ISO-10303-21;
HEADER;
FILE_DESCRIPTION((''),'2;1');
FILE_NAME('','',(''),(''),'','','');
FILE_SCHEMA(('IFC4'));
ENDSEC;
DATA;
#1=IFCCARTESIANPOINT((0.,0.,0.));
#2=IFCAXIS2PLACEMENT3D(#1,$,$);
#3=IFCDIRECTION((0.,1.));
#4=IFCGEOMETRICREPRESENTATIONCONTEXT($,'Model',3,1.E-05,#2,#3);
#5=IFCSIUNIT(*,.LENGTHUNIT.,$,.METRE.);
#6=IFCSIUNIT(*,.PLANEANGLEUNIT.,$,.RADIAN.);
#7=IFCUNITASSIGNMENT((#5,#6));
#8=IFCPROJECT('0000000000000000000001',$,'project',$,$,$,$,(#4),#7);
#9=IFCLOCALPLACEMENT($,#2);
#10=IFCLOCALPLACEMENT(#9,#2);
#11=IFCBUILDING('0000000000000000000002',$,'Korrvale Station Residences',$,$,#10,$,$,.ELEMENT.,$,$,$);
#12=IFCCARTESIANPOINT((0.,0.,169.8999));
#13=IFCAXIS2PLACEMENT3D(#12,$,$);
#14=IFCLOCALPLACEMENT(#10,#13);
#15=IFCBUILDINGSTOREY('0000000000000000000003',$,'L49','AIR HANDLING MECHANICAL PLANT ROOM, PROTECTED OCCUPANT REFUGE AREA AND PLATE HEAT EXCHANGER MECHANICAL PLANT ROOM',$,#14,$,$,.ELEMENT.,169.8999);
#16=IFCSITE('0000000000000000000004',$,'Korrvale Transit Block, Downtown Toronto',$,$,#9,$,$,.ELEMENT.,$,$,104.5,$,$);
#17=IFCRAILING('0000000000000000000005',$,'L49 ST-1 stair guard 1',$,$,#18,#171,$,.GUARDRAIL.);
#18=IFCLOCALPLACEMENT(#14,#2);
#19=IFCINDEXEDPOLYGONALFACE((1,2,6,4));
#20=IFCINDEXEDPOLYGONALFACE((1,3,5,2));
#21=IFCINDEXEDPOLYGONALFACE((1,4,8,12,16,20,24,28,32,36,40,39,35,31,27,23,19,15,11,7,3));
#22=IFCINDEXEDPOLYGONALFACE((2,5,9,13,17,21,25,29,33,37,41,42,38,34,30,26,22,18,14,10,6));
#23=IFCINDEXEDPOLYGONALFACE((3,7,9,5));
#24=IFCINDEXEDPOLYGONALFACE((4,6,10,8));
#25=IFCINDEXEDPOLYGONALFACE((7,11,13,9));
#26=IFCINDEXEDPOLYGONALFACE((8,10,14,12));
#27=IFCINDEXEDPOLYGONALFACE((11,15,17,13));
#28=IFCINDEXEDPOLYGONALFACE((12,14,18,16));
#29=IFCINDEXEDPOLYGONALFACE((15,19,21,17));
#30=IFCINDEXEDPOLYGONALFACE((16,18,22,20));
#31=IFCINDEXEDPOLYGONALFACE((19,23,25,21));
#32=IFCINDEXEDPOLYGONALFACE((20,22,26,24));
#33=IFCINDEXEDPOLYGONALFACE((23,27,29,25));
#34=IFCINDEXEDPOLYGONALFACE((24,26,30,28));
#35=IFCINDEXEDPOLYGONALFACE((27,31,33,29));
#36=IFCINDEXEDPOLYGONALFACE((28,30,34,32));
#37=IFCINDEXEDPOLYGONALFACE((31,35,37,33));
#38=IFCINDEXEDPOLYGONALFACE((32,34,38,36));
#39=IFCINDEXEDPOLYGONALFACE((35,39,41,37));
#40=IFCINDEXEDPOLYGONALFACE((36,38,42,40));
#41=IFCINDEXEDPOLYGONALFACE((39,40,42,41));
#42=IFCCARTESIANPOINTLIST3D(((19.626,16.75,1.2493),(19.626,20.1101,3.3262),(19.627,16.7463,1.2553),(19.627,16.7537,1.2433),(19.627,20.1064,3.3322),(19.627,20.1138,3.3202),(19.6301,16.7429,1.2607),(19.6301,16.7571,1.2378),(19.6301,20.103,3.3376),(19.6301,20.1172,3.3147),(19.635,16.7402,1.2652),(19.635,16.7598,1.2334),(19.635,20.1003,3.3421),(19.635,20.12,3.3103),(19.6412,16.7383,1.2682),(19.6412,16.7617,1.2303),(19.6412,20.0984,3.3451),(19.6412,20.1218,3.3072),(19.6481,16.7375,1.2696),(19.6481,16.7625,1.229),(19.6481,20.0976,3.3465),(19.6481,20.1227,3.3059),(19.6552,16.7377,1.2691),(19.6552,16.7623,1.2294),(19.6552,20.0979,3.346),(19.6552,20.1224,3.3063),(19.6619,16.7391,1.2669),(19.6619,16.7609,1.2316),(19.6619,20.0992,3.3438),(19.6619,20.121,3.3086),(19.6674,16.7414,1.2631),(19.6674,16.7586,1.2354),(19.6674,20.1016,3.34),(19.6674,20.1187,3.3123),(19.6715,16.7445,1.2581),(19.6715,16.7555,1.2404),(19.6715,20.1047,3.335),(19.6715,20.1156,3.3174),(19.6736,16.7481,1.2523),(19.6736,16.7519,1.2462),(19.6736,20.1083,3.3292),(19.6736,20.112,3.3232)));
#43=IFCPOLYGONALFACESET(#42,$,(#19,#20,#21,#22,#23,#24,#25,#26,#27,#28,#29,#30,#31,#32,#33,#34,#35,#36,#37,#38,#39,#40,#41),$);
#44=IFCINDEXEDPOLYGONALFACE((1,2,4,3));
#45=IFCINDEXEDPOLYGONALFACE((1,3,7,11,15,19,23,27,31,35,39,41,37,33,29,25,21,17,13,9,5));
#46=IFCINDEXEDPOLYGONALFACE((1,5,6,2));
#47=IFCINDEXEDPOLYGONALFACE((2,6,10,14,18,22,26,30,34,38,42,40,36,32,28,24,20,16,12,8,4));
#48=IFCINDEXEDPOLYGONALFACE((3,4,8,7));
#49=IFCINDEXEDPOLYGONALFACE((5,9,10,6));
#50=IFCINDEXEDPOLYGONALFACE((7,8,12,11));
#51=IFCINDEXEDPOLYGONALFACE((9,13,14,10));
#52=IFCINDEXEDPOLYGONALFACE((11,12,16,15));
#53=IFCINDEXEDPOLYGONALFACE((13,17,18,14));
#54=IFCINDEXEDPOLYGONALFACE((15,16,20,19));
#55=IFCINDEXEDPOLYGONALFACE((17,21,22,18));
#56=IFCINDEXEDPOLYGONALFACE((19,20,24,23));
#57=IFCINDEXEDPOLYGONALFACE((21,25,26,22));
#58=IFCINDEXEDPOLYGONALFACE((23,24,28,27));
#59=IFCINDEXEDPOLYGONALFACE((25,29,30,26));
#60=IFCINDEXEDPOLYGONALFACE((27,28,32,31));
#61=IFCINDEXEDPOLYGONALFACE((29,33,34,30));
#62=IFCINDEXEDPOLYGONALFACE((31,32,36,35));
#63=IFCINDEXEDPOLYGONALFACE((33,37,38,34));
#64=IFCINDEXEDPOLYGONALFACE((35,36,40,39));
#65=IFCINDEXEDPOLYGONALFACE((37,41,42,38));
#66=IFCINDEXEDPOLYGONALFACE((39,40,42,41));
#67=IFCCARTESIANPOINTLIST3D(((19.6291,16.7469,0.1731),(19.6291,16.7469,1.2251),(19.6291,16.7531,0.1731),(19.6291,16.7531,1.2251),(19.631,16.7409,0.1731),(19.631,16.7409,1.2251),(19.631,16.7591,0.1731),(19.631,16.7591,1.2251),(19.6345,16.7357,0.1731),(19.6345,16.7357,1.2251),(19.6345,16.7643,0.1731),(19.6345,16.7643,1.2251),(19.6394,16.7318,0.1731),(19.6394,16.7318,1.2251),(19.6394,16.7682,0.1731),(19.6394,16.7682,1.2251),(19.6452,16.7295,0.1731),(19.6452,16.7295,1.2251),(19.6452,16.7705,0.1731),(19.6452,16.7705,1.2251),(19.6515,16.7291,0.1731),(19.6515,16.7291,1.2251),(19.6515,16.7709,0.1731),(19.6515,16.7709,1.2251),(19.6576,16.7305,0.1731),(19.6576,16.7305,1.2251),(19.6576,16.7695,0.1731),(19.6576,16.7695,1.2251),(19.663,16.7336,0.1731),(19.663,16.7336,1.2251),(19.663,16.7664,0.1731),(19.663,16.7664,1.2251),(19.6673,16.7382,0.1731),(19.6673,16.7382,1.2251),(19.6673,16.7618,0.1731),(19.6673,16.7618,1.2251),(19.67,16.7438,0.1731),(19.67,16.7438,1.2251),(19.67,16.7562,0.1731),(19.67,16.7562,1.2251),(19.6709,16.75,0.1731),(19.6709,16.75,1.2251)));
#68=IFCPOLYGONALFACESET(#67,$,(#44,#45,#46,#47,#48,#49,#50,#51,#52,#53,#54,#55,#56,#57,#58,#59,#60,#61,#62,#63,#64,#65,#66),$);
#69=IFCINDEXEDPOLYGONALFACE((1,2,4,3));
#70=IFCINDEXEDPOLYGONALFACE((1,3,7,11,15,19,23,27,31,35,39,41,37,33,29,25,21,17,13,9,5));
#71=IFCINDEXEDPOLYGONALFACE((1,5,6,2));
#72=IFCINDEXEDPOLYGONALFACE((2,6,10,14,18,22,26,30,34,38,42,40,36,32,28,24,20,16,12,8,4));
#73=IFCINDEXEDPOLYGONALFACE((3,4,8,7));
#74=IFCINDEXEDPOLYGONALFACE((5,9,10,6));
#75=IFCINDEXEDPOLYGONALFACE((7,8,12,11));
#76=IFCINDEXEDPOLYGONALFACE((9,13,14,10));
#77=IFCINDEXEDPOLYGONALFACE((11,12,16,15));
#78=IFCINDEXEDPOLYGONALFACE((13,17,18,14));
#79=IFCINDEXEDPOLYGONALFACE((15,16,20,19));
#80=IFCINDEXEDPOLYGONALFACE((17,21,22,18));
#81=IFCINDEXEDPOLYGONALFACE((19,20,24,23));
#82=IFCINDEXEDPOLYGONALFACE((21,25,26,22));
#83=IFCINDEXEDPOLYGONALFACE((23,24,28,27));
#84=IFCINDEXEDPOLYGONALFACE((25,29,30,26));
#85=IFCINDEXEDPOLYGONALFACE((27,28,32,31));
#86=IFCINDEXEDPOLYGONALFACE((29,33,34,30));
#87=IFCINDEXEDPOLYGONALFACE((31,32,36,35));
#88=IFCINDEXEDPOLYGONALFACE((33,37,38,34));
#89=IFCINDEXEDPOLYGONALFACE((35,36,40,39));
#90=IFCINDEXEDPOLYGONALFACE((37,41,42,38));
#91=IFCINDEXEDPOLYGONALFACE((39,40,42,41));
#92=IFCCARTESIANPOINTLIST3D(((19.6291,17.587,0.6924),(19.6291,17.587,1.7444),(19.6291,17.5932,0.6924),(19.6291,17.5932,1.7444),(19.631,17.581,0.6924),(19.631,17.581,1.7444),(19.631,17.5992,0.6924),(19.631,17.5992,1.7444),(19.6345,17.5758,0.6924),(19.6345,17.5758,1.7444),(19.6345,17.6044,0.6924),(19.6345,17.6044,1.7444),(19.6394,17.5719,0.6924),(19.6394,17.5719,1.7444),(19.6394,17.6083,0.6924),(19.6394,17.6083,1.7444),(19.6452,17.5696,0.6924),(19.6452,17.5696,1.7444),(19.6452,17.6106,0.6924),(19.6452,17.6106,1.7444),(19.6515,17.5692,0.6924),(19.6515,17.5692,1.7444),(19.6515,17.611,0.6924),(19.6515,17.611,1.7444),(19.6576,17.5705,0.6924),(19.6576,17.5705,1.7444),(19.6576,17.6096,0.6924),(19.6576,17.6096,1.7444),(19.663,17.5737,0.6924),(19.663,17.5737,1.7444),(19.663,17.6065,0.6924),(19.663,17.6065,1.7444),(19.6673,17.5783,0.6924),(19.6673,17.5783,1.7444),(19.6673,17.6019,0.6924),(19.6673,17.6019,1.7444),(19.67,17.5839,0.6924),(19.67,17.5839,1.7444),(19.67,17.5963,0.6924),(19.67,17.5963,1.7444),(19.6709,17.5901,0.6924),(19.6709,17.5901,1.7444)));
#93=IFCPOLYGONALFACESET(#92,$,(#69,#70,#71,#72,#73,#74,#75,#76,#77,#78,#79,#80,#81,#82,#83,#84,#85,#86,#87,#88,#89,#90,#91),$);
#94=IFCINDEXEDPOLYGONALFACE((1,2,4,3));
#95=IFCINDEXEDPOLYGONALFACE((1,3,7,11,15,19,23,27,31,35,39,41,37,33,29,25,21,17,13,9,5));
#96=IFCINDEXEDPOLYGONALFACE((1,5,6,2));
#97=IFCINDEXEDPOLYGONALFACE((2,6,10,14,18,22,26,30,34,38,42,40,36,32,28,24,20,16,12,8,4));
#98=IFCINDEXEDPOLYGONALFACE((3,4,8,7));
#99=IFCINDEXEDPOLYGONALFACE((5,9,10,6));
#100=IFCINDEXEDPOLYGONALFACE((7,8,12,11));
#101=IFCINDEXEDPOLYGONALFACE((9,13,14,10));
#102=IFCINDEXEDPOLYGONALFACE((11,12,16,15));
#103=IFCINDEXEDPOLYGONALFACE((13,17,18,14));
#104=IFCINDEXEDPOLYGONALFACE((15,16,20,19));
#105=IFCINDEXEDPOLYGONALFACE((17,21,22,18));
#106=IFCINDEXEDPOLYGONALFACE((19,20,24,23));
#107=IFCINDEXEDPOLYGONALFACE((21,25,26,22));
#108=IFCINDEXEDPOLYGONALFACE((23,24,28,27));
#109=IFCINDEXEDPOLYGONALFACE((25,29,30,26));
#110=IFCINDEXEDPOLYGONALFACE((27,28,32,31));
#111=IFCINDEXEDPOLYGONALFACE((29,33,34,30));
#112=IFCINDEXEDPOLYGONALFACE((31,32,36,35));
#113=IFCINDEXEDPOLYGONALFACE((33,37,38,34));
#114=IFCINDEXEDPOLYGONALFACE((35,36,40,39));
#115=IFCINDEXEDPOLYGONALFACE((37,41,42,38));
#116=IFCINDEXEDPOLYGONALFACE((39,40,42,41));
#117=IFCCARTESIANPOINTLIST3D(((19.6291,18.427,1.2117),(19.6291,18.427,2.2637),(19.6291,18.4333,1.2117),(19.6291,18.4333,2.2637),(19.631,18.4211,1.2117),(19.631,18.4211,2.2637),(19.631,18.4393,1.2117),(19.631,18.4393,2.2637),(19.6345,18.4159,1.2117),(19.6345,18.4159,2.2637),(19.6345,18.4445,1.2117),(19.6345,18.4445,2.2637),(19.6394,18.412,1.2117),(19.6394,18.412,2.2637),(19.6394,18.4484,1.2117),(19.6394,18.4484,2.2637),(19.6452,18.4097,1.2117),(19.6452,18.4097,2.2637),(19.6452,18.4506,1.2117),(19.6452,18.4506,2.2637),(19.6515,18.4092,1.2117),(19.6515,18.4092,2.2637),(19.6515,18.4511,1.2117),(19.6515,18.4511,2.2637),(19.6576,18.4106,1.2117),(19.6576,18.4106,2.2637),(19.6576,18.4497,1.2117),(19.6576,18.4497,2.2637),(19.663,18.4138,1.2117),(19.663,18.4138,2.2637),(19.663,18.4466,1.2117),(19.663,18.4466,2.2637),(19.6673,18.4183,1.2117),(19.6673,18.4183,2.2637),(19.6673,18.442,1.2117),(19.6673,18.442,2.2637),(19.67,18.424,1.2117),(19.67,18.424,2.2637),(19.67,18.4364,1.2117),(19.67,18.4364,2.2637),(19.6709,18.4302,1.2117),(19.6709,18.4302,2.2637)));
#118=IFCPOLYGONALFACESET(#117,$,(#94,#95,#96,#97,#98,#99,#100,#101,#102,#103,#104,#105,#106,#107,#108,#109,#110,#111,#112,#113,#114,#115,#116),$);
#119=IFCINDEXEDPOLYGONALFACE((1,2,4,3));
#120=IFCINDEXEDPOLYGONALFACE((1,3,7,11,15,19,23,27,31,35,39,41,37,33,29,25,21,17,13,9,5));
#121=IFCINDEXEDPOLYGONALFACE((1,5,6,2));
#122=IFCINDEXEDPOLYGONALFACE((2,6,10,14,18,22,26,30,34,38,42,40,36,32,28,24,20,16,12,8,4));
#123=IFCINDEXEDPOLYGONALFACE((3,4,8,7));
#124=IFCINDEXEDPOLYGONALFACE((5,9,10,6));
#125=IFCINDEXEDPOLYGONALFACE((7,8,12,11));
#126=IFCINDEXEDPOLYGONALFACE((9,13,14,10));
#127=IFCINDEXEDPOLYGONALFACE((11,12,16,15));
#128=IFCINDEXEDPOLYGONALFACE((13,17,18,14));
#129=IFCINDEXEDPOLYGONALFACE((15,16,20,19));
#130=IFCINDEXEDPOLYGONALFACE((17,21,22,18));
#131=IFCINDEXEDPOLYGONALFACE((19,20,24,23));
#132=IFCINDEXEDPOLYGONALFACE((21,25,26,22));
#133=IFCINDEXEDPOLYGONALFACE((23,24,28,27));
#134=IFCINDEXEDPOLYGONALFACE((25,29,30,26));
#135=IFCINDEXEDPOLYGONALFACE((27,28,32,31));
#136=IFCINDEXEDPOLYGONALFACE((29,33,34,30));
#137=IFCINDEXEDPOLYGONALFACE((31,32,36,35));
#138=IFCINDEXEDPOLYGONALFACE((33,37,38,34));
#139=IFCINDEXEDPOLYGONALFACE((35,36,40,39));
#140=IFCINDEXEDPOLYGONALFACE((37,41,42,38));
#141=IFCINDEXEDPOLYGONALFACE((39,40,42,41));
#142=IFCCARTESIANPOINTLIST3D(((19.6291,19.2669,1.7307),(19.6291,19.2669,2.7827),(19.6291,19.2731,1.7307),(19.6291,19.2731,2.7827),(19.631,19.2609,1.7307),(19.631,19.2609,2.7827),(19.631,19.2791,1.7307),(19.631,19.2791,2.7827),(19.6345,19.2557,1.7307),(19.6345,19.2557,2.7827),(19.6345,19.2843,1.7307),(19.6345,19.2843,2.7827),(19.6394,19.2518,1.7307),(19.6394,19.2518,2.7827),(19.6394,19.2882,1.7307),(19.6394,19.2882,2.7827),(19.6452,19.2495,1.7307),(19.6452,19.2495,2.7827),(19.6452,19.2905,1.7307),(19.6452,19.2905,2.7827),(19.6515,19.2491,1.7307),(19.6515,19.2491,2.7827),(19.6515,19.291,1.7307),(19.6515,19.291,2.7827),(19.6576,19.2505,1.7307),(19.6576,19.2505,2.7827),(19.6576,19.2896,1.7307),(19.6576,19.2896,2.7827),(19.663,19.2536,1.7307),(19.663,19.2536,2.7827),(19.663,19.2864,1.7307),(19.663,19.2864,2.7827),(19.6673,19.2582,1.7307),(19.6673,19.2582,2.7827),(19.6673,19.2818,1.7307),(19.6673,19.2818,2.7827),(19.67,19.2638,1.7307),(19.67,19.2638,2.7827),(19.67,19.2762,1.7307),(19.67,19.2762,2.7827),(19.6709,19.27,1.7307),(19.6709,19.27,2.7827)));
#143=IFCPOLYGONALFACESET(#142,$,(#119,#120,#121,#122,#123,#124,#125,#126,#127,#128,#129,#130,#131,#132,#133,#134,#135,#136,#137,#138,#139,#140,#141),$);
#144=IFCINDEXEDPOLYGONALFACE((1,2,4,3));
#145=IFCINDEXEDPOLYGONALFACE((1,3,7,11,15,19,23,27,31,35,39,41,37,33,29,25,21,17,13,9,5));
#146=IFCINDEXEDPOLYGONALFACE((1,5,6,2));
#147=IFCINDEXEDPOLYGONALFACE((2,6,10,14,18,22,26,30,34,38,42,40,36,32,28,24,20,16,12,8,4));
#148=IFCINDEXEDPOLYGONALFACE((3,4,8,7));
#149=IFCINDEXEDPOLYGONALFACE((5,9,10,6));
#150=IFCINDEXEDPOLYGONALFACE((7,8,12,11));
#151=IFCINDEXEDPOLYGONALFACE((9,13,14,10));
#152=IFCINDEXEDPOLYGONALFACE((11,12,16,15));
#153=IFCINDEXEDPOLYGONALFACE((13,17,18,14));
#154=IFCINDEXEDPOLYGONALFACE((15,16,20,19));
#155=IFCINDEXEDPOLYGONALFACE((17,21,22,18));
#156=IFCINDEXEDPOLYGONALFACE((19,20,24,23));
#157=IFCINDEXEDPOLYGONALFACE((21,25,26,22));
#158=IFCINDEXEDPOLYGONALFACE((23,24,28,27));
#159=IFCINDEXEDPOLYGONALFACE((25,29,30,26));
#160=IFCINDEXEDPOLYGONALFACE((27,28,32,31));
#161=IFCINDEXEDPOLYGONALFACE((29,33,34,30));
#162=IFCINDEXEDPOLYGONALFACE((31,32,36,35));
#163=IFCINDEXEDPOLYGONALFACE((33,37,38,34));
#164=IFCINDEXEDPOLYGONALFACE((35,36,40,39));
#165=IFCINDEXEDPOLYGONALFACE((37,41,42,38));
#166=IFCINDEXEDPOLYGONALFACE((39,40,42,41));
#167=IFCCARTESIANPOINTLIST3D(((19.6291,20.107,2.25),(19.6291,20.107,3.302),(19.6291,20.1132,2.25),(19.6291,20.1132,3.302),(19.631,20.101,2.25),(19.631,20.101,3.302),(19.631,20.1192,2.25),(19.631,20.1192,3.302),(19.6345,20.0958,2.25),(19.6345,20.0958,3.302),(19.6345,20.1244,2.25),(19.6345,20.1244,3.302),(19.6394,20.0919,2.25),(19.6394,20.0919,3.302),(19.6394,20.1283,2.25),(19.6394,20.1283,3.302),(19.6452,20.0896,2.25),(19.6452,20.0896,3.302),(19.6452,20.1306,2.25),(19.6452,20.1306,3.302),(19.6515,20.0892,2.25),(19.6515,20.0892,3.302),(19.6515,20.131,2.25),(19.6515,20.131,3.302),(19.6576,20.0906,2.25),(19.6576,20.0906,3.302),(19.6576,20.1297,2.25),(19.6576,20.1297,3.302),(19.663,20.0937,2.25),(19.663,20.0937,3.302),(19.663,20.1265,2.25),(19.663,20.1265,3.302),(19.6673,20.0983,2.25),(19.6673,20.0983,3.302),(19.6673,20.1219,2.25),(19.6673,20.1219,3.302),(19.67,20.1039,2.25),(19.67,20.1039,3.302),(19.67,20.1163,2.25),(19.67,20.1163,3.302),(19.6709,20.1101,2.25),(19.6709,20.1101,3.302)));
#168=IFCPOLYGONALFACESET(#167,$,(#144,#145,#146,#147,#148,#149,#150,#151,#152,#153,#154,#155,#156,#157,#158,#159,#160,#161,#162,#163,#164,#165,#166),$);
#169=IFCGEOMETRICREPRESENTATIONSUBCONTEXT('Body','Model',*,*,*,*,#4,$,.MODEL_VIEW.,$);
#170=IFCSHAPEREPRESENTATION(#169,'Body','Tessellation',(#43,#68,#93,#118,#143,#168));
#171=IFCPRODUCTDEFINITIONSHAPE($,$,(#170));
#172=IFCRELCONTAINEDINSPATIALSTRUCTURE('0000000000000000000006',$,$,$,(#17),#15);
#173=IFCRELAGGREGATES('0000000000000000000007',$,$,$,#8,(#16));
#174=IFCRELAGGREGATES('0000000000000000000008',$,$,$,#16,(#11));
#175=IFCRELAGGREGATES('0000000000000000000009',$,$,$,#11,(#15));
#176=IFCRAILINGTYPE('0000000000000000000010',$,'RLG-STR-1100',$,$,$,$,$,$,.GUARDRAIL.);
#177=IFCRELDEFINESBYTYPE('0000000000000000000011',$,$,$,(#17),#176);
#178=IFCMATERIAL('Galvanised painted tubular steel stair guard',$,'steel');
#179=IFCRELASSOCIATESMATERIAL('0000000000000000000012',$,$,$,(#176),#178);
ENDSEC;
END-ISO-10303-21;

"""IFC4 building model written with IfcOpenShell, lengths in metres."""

from ifc_helpers import new_model, si_unit, direction, frame, origin, origin_2d, place, context, subcontext, project, spatial, circle, extrude, material, type_object, element, save


model = new_model("IFC4")

# Units and contexts
model_context = context("Model", 3, precision=1e-05, world=origin(), true_north=direction((0.0, 1.0)))
body_context = subcontext(model_context, "Body", "Model", "MODEL_VIEW")
ifc_project = project(units=[si_unit("LENGTHUNIT", "METRE"), si_unit("PLANEANGLEUNIT", "RADIAN")], contexts=[model_context])

# Site, building, storey
site_placement = place(None, origin())
site = spatial("IfcSite", under=ifc_project, at=site_placement, Name="Korrvale Transit Block, Downtown Toronto", CompositionType="ELEMENT", RefElevation=104.5)
building_placement = place(site_placement, origin())
building = spatial("IfcBuilding", under=site, at=building_placement, Name="Korrvale Station Residences", CompositionType="ELEMENT")
storey_placement = place(building_placement, frame((0.0, 0.0, 169.8999)))
storey = spatial("IfcBuildingStorey", under=building, at=storey_placement, Name="L49", Description="AIR HANDLING MECHANICAL PLANT ROOM, PROTECTED OCCUPANT REFUGE AREA AND PLATE HEAT EXCHANGER MECHANICAL PLANT ROOM", CompositionType="ELEMENT", Elevation=169.8999)

# Railing
ifc_material_1 = material(Name="Galvanised painted tubular steel stair guard", Category="steel")
railing_type_1 = type_object("IfcRailingType", Name="RLG-STR-1100", PredefinedType="GUARDRAIL", material=ifc_material_1)
railing_1_placement = place(storey_placement, frame((19.6499, 16.75, 0.1731)))
element("IfcRailing", 1, at=railing_1_placement, inside=storey, type_object=railing_type_1, Name="L49 ST-1 stair guard 1", PredefinedType="GUARDRAIL", context=body_context, shape_type="SweptSolid", body=[
    extrude(circle(Radius=0.0239, at=origin_2d()), frame((0.0, 0.0, 1.0762), z_axis=(0.0, 0.850623, 0.525776), x_axis=(-1.0, 0.0, 0.0)), (0.0, 0.0, 1.0), 3.9502),
    extrude(circle(Radius=0.021, at=origin_2d()), origin(), (0.0, 0.0, 1.0), 1.052),
    extrude(circle(Radius=0.021, at=origin_2d()), frame((0.0, 0.8401, 0.5193)), (0.0, 0.0, 1.0), 1.052),
    extrude(circle(Radius=0.021, at=origin_2d()), frame((0.0, 1.6802, 1.0386)), (0.0, 0.0, 1.0), 1.052),
    extrude(circle(Radius=0.021, at=origin_2d()), frame((0.0, 2.52, 1.5576)), (0.0, 0.0, 1.0), 1.052),
    extrude(circle(Radius=0.021, at=origin_2d()), frame((0.0, 3.3601, 2.0769)), (0.0, 0.0, 1.0), 1.052),
])

save(model, "model.ifc")
